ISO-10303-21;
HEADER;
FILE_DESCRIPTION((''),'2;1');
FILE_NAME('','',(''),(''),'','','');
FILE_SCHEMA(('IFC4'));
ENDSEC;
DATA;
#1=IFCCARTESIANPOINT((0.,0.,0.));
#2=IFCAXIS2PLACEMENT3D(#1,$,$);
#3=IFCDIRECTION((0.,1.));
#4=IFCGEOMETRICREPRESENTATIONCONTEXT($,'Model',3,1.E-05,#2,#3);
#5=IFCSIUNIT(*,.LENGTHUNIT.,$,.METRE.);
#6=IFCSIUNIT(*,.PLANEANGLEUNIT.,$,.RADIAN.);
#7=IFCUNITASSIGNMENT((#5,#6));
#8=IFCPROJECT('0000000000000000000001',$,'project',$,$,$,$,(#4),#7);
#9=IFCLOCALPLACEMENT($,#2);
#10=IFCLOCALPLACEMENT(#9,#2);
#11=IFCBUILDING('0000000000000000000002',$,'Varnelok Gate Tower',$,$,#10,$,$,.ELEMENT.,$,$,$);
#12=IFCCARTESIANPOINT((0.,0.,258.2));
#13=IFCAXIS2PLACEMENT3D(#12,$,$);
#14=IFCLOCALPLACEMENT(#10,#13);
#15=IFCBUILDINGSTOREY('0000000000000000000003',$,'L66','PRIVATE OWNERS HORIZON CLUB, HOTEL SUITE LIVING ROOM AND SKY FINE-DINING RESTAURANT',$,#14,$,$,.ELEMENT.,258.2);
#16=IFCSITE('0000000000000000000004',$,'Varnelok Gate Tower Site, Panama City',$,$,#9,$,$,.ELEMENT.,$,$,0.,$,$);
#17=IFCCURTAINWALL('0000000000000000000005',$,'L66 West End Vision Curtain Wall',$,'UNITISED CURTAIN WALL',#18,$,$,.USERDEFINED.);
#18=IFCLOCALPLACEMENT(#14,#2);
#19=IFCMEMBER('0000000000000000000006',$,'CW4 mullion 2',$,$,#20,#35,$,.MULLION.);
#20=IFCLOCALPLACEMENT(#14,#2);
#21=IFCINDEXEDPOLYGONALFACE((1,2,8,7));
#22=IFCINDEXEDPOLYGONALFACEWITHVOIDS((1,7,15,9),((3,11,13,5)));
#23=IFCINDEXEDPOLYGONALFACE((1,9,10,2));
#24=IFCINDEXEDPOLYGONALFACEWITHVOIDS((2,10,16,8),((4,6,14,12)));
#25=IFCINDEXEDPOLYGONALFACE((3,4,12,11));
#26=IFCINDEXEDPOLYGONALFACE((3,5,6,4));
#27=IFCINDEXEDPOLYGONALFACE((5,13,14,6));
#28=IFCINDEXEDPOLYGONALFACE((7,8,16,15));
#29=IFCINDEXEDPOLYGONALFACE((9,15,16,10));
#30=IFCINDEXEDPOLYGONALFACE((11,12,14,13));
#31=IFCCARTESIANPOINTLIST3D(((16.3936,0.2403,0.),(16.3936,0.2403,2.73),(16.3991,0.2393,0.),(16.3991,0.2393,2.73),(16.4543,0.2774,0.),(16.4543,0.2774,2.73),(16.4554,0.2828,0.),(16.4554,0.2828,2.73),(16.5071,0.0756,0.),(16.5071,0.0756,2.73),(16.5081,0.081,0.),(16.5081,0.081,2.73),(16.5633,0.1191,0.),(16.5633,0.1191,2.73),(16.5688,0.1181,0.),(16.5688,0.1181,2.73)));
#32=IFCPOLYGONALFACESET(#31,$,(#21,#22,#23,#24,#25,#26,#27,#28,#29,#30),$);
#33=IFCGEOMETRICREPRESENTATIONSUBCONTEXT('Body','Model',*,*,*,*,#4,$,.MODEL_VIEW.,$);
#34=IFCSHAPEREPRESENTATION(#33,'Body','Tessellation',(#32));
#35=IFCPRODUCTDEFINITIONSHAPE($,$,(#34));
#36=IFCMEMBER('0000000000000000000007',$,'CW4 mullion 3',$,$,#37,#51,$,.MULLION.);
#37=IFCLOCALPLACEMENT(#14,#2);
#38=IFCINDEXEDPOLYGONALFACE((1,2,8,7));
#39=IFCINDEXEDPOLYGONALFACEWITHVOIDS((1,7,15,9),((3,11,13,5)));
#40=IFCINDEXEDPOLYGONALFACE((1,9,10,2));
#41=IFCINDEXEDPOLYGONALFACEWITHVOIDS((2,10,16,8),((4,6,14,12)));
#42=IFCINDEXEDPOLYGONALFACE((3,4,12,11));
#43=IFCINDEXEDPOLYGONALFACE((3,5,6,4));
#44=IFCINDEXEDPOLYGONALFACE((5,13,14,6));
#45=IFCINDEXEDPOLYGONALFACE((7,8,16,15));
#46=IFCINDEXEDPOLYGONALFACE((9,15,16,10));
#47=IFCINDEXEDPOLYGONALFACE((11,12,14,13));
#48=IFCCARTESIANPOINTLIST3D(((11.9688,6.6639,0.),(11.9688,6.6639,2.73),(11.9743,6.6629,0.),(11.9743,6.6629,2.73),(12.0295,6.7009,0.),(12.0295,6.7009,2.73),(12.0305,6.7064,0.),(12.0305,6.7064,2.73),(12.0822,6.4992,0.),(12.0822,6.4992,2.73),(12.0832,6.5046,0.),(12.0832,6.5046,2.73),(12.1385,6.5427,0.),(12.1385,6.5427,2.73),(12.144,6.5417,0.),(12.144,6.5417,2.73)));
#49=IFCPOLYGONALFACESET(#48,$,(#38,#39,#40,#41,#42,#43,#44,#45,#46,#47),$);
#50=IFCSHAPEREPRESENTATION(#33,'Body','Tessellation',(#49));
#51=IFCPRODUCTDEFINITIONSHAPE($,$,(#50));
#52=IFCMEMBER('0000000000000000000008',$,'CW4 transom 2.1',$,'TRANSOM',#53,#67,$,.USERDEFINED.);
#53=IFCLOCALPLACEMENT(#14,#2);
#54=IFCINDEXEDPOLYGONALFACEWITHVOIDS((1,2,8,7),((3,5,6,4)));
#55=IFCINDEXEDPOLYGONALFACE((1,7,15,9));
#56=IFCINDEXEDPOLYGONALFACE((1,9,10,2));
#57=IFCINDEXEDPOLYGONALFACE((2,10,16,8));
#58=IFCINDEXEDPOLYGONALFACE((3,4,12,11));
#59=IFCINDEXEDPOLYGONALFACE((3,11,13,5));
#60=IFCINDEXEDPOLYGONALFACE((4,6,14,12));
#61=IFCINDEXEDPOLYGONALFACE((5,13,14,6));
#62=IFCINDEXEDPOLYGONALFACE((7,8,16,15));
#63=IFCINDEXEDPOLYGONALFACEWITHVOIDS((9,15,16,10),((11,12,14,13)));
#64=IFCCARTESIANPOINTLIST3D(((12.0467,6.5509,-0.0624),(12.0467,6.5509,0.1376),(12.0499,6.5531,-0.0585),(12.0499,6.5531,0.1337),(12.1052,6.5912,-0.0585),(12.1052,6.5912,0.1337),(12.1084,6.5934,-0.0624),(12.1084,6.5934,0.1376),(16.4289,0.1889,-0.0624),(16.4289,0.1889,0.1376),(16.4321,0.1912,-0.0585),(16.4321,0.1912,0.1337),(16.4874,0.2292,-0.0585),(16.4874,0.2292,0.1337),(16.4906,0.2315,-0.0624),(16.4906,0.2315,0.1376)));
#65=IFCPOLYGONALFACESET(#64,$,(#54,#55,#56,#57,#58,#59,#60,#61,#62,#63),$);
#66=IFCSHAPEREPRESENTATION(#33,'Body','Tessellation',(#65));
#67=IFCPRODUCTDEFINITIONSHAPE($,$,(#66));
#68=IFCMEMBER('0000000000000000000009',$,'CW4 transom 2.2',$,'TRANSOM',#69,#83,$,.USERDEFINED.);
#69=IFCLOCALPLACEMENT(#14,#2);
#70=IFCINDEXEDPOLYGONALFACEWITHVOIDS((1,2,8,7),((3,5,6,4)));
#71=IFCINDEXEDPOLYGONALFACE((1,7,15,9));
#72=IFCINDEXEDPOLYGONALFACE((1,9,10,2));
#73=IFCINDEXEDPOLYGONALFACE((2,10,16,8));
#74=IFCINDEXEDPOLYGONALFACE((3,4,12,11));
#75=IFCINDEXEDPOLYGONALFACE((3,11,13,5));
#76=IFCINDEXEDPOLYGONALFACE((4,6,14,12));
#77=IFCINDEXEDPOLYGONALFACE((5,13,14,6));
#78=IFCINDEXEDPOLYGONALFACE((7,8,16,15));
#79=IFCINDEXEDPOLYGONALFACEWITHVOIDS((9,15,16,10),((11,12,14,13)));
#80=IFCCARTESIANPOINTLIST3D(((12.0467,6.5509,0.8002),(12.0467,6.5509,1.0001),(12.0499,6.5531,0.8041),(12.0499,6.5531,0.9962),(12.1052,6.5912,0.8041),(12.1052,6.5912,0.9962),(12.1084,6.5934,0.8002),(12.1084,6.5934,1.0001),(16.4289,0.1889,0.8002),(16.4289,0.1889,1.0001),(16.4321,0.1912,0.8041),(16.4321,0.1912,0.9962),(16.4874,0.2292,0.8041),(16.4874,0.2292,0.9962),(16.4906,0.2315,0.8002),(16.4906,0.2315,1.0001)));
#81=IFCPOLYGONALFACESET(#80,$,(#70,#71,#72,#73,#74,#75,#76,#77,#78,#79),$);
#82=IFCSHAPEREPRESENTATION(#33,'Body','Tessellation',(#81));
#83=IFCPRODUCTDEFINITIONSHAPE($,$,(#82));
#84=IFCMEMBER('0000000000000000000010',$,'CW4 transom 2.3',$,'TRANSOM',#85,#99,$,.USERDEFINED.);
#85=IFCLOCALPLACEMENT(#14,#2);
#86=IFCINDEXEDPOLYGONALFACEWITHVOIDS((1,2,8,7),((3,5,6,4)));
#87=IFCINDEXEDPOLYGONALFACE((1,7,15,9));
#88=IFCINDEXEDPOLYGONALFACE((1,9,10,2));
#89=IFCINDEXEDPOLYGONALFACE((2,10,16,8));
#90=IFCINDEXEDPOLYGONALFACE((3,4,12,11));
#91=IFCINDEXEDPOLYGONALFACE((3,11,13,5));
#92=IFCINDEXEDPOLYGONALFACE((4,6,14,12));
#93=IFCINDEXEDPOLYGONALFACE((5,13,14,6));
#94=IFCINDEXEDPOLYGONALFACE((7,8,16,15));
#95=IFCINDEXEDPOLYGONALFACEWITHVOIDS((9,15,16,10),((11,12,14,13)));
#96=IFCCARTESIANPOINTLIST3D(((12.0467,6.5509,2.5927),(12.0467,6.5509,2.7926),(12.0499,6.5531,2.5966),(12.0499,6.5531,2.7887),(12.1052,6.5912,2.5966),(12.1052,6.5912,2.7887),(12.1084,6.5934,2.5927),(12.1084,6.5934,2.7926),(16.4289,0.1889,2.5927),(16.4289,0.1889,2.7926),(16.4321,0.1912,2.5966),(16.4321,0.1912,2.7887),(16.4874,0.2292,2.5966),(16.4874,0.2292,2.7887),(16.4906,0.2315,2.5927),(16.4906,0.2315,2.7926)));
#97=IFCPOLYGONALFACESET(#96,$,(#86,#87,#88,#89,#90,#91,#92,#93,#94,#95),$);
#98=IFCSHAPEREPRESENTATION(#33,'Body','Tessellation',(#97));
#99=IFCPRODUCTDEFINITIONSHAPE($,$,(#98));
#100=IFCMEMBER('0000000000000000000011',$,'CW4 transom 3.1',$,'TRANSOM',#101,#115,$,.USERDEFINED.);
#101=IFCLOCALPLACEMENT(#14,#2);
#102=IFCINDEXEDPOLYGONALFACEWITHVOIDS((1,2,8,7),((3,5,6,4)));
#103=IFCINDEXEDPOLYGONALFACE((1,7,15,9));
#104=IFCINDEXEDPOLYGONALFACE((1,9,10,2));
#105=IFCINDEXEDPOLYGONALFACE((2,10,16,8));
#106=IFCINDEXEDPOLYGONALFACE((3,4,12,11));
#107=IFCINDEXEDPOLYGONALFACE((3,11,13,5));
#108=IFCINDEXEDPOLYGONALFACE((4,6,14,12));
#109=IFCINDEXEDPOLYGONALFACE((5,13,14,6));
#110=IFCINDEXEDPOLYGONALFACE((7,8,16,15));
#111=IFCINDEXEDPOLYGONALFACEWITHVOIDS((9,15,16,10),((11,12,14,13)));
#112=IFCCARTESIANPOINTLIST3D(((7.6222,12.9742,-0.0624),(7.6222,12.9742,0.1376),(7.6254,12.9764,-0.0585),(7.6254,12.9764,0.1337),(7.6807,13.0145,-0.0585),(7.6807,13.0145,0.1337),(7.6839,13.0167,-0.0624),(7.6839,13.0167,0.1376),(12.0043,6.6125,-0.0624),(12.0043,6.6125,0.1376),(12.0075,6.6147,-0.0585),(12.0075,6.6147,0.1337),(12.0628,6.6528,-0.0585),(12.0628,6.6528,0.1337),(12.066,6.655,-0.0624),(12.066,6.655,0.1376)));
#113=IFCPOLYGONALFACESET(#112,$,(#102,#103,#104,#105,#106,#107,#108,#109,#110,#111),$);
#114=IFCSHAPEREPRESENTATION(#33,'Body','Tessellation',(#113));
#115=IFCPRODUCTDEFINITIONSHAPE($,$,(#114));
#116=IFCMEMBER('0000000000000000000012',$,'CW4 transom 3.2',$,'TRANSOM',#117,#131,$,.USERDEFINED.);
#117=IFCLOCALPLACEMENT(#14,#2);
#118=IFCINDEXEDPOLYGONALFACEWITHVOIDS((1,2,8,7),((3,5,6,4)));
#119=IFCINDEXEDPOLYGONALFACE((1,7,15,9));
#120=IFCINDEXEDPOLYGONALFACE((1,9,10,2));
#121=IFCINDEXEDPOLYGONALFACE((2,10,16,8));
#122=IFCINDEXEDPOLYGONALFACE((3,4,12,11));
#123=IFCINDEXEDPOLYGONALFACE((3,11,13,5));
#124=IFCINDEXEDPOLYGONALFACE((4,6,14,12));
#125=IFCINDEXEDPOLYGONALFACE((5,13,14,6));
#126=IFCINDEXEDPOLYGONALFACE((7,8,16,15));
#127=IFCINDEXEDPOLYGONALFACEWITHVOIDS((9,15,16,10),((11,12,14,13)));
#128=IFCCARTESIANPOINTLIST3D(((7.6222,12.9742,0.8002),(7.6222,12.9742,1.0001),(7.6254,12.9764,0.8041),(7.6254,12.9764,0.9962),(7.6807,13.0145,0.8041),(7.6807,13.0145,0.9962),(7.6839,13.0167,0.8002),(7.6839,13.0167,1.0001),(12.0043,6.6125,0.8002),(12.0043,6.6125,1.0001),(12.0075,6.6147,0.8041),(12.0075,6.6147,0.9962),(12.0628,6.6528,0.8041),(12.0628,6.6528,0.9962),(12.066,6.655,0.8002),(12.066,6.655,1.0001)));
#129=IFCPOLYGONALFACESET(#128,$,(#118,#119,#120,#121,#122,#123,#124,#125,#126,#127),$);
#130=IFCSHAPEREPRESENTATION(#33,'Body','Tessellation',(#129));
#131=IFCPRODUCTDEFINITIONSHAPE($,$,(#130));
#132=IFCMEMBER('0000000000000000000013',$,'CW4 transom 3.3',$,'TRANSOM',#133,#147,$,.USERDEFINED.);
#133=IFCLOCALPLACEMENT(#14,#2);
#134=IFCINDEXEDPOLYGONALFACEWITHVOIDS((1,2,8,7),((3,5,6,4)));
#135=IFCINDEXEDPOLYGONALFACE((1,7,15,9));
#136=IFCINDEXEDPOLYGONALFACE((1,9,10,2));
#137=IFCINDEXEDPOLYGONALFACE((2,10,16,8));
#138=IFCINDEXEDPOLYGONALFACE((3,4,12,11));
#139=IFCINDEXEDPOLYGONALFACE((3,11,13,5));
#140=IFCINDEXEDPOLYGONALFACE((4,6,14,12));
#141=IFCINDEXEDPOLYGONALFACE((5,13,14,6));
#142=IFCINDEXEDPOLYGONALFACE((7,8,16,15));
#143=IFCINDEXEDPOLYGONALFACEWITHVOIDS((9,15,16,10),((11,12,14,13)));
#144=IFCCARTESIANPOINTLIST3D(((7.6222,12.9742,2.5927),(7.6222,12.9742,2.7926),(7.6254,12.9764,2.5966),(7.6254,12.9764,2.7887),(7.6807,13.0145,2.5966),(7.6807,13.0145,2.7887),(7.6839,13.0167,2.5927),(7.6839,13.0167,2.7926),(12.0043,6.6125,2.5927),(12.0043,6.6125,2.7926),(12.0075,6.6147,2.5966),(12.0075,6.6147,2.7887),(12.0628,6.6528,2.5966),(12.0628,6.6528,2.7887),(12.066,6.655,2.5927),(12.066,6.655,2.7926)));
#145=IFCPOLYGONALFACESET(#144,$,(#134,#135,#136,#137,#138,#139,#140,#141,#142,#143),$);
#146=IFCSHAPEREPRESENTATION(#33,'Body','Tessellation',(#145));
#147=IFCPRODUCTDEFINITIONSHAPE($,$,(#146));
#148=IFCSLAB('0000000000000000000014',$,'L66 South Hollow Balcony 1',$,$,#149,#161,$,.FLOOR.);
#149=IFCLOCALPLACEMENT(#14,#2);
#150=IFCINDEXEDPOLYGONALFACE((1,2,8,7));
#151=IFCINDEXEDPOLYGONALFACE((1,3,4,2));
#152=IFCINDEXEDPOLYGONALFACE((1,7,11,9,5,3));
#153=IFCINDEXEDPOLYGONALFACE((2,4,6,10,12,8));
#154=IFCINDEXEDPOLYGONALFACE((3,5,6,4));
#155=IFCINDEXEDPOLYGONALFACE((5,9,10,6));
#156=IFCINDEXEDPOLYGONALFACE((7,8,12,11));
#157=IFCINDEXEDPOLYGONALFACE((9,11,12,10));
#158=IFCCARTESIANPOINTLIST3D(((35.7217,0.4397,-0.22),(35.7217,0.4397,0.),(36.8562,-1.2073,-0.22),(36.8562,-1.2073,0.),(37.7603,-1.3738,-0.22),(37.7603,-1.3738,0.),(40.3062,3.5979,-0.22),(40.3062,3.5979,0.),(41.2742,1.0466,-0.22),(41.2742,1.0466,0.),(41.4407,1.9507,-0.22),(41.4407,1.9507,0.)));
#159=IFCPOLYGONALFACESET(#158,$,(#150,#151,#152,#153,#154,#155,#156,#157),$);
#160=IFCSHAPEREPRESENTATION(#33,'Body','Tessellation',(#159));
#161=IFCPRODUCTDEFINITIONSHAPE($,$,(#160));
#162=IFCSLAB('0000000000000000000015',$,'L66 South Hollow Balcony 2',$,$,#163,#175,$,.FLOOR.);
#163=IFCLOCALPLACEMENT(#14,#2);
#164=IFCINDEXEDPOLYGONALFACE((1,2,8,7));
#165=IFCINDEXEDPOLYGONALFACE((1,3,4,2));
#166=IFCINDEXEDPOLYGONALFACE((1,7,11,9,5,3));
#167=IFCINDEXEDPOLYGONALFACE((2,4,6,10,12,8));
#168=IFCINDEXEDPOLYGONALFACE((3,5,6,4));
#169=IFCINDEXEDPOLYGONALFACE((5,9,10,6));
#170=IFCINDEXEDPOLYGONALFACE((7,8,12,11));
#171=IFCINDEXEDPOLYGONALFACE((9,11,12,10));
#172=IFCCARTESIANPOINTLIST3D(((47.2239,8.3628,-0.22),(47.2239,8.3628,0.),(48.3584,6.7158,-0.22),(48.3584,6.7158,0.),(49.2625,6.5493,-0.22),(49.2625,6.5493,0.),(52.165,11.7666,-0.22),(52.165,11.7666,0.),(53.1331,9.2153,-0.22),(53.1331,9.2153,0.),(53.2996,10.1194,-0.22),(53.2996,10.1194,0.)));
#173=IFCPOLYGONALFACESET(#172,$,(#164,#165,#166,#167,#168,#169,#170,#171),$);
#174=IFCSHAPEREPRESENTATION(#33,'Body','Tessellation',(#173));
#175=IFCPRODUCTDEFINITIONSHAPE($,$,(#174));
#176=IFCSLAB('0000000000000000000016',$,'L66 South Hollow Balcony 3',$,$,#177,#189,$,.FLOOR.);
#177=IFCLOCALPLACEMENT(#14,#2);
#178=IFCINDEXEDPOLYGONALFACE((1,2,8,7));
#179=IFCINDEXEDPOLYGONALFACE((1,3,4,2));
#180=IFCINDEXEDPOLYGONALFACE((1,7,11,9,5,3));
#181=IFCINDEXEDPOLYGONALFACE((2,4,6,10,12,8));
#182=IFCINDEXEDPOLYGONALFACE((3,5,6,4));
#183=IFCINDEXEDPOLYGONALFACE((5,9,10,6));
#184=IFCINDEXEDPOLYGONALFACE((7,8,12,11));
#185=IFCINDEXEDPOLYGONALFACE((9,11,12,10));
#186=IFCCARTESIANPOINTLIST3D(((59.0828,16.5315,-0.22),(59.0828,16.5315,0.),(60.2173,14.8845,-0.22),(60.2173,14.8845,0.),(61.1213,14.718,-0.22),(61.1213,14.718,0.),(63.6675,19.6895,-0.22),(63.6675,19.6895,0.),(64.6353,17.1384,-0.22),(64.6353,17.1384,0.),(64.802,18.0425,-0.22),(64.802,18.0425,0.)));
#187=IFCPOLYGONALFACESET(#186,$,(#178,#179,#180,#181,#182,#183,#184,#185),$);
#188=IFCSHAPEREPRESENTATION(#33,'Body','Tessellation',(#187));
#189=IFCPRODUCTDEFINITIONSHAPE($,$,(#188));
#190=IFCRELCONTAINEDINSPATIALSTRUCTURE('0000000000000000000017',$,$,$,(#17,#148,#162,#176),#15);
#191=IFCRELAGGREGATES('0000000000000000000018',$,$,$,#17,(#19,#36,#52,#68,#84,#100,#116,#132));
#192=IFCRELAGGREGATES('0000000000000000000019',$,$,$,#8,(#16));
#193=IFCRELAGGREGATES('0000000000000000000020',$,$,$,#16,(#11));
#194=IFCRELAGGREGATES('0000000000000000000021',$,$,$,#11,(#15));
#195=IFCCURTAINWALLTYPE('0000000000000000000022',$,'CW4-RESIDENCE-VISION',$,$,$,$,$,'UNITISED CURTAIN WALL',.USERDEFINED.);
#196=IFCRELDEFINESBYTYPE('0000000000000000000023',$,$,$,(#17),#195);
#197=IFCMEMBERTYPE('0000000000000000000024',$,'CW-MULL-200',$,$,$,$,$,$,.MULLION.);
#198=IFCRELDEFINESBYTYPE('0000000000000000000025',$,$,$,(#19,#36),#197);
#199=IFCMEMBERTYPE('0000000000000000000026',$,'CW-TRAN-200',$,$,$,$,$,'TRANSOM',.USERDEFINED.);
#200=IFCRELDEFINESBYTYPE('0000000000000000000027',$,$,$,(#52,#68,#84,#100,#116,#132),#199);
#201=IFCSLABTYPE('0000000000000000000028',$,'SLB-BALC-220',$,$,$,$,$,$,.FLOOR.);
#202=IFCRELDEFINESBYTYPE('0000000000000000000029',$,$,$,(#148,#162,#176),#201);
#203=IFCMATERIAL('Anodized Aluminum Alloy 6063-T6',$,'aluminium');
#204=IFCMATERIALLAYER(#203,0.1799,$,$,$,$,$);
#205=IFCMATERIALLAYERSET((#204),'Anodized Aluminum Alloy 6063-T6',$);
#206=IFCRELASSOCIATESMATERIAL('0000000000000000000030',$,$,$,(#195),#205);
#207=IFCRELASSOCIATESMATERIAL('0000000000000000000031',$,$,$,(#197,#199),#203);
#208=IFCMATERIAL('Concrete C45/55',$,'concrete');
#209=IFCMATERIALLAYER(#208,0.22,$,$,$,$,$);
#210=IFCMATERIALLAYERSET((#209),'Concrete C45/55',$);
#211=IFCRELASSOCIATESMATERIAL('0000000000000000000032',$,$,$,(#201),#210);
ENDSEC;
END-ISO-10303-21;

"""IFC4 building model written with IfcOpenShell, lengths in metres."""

from ifc_helpers import new_model, si_unit, direction, frame, origin, origin_2d, place, context, subcontext, project, spatial, polyline, hollow_rectangle, outline, extrude, material, layer, layer_set, material_profile, profile_set, type_object, element, aggregate, save


model = new_model("IFC4")

# Units and contexts
model_context = context("Model", 3, precision=1e-05, world=origin(), true_north=direction((0.0, 1.0)))
body_context = subcontext(model_context, "Body", "Model", "MODEL_VIEW")
ifc_project = project(units=[si_unit("LENGTHUNIT", "METRE"), si_unit("PLANEANGLEUNIT", "RADIAN")], contexts=[model_context])

# Site, building, storey
site_placement = place(None, origin())
site = spatial("IfcSite", under=ifc_project, at=site_placement, Name="Varnelok Gate Tower Site, Panama City", CompositionType="ELEMENT", RefElevation=0.0)
building_placement = place(site_placement, origin())
building = spatial("IfcBuilding", under=site, at=building_placement, Name="Varnelok Gate Tower", CompositionType="ELEMENT")
storey_placement = place(building_placement, frame((0.0, 0.0, 258.2)))
storey = spatial("IfcBuildingStorey", under=building, at=storey_placement, Name="L66", Description="PRIVATE OWNERS HORIZON CLUB, HOTEL SUITE LIVING ROOM AND SKY FINE-DINING RESTAURANT", CompositionType="ELEMENT", Elevation=258.2)

# Curtain wall, members
ifc_material_1 = material(Name="Anodized Aluminum Alloy 6063-T6", Category="aluminium")
ifc_layer_1 = layer(ifc_material_1, 0.1799)
ifc_layer_set_1 = layer_set([ifc_layer_1], Name="Anodized Aluminum Alloy 6063-T6")
curtain_wall_type = type_object("IfcCurtainWallType", Name="CW4-RESIDENCE-VISION", ElementType="UNITISED CURTAIN WALL", PredefinedType="USERDEFINED", material=ifc_layer_set_1)
curtain_wall_placement = place(storey_placement, origin())
curtain_wall = element("IfcCurtainWall", 1, at=curtain_wall_placement, inside=storey, type_object=curtain_wall_type, Name="L66 West End Vision Curtain Wall", ObjectType="UNITISED CURTAIN WALL", PredefinedType="USERDEFINED")
ifc_material_profile_1 = material_profile(ifc_material_1, hollow_rectangle(XDim=0.075, YDim=0.2, WallThickness=0.0039, at=origin_2d()), Name="ALU200X75X4")
ifc_profile_set_1 = profile_set([ifc_material_profile_1], Name="Anodized Aluminum Alloy 6063-T6")
member_type_1 = type_object("IfcMemberType", Name="CW-MULL-200", PredefinedType="MULLION", material=ifc_profile_set_1)
member_1_placement = place(storey_placement, frame((16.4812, 0.1792, 0.0), z_axis=(0.0, 0.0, 1.0), x_axis=(-0.823532, -0.567269, 0.0)))
member_1 = element("IfcMember", 2, at=member_1_placement, type_object=member_type_1, Name="CW4 mullion 2", PredefinedType="MULLION", context=body_context, shape_type="SweptSolid", body=[
    extrude(hollow_rectangle(XDim=0.075, YDim=0.2, WallThickness=0.0039, at=origin_2d()), origin(), (0.0, 0.0, 1.0), 2.73),
])
member_2_placement = place(storey_placement, frame((12.0564, 6.6028, 0.0), z_axis=(0.0, 0.0, 1.0), x_axis=(-0.823532, -0.567269, 0.0)))
member_2 = element("IfcMember", 3, at=member_2_placement, type_object=member_type_1, Name="CW4 mullion 3", PredefinedType="MULLION", context=body_context, shape_type="SweptSolid", body=[
    extrude(hollow_rectangle(XDim=0.075, YDim=0.2, WallThickness=0.0039, at=origin_2d()), origin(), (0.0, 0.0, 1.0), 2.73),
])
ifc_material_profile_2 = material_profile(ifc_material_1, hollow_rectangle(XDim=0.075, YDim=0.2, WallThickness=0.0039, at=origin_2d()), Name="ALU200X75X4")
ifc_profile_set_2 = profile_set([ifc_material_profile_2], Name="Anodized Aluminum Alloy 6063-T6")
member_type_2 = type_object("IfcMemberType", Name="CW-TRAN-200", ElementType="TRANSOM", PredefinedType="USERDEFINED", material=ifc_profile_set_2)
member_3_placement = place(storey_placement, frame((16.4597, 0.2102, 0.0376), z_axis=(-0.567261, 0.823538, 0.0), x_axis=(-0.823538, -0.567261, 0.0)))
member_3 = element("IfcMember", 4, at=member_3_placement, type_object=member_type_2, Name="CW4 transom 2.1", ObjectType="TRANSOM", PredefinedType="USERDEFINED", context=body_context, shape_type="SweptSolid", body=[
    extrude(hollow_rectangle(XDim=0.075, YDim=0.2, WallThickness=0.0039, at=origin_2d()), origin(), (0.0, 0.0, 1.0), 7.7251),
])
member_4_placement = place(storey_placement, frame((16.4597, 0.2102, 0.9001), z_axis=(-0.567261, 0.823538, 0.0), x_axis=(-0.823538, -0.567261, 0.0)))
member_4 = element("IfcMember", 5, at=member_4_placement, type_object=member_type_2, Name="CW4 transom 2.2", ObjectType="TRANSOM", PredefinedType="USERDEFINED", context=body_context, shape_type="SweptSolid", body=[
    extrude(hollow_rectangle(XDim=0.075, YDim=0.2, WallThickness=0.0039, at=origin_2d()), origin(), (0.0, 0.0, 1.0), 7.7251),
])
member_5_placement = place(storey_placement, frame((16.4597, 0.2102, 2.6926), z_axis=(-0.567261, 0.823538, 0.0), x_axis=(-0.823538, -0.567261, 0.0)))
member_5 = element("IfcMember", 6, at=member_5_placement, type_object=member_type_2, Name="CW4 transom 2.3", ObjectType="TRANSOM", PredefinedType="USERDEFINED", context=body_context, shape_type="SweptSolid", body=[
    extrude(hollow_rectangle(XDim=0.075, YDim=0.2, WallThickness=0.0039, at=origin_2d()), origin(), (0.0, 0.0, 1.0), 7.7251),
])
member_6_placement = place(storey_placement, frame((12.0352, 6.6338, 0.0376), z_axis=(-0.567276, 0.823528, 0.0), x_axis=(-0.823528, -0.567276, 0.0)))
member_6 = element("IfcMember", 7, at=member_6_placement, type_object=member_type_2, Name="CW4 transom 3.1", ObjectType="TRANSOM", PredefinedType="USERDEFINED", context=body_context, shape_type="SweptSolid", body=[
    extrude(hollow_rectangle(XDim=0.075, YDim=0.2, WallThickness=0.0039, at=origin_2d()), origin(), (0.0, 0.0, 1.0), 7.7249),
])
member_7_placement = place(storey_placement, frame((12.0352, 6.6338, 0.9001), z_axis=(-0.567276, 0.823528, 0.0), x_axis=(-0.823528, -0.567276, 0.0)))
member_7 = element("IfcMember", 8, at=member_7_placement, type_object=member_type_2, Name="CW4 transom 3.2", ObjectType="TRANSOM", PredefinedType="USERDEFINED", context=body_context, shape_type="SweptSolid", body=[
    extrude(hollow_rectangle(XDim=0.075, YDim=0.2, WallThickness=0.0039, at=origin_2d()), origin(), (0.0, 0.0, 1.0), 7.7249),
])
member_8_placement = place(storey_placement, frame((12.0352, 6.6338, 2.6926), z_axis=(-0.567276, 0.823528, 0.0), x_axis=(-0.823528, -0.567276, 0.0)))
member_8 = element("IfcMember", 9, at=member_8_placement, type_object=member_type_2, Name="CW4 transom 3.3", ObjectType="TRANSOM", PredefinedType="USERDEFINED", context=body_context, shape_type="SweptSolid", body=[
    extrude(hollow_rectangle(XDim=0.075, YDim=0.2, WallThickness=0.0039, at=origin_2d()), origin(), (0.0, 0.0, 1.0), 7.7249),
])

# Slabs
ifc_material_2 = material(Name="Concrete C45/55", Category="concrete")
ifc_layer_2 = layer(ifc_material_2, 0.22)
ifc_layer_set_2 = layer_set([ifc_layer_2], Name="Concrete C45/55")
slab_type_1 = type_object("IfcSlabType", Name="SLB-BALC-220", PredefinedType="FLOOR", material=ifc_layer_set_2)
slab_1_placement = place(storey_placement, frame((0.0, 0.0, -0.22)))
element("IfcSlab", 10, at=slab_1_placement, inside=storey, type_object=slab_type_1, Name="L66 South Hollow Balcony 1", PredefinedType="FLOOR", context=body_context, shape_type="SweptSolid", body=[
    extrude(outline(polyline([(36.8562, -1.2073), (37.7603, -1.3738), (41.2742, 1.0466), (41.4407, 1.9507), (40.3062, 3.5979), (35.7217, 0.4397), (36.8562, -1.2073)])), origin(), (0.0, 0.0, 1.0), 0.22),
])
slab_2_placement = place(storey_placement, frame((0.0, 0.0, -0.22)))
element("IfcSlab", 11, at=slab_2_placement, inside=storey, type_object=slab_type_1, Name="L66 South Hollow Balcony 2", PredefinedType="FLOOR", context=body_context, shape_type="SweptSolid", body=[
    extrude(outline(polyline([(48.3584, 6.7158), (49.2625, 6.5493), (53.1331, 9.2153), (53.2996, 10.1194), (52.165, 11.7666), (47.2239, 8.3628), (48.3584, 6.7158)])), origin(), (0.0, 0.0, 1.0), 0.22),
])
slab_3_placement = place(storey_placement, frame((0.0, 0.0, -0.22)))
element("IfcSlab", 12, at=slab_3_placement, inside=storey, type_object=slab_type_1, Name="L66 South Hollow Balcony 3", PredefinedType="FLOOR", context=body_context, shape_type="SweptSolid", body=[
    extrude(outline(polyline([(60.2173, 14.8845), (61.1213, 14.718), (64.6353, 17.1384), (64.802, 18.0425), (63.6675, 19.6895), (59.0828, 16.5315), (60.2173, 14.8845)])), origin(), (0.0, 0.0, 1.0), 0.22),
])

aggregate(curtain_wall, [member_1, member_2, member_3, member_4, member_5, member_6, member_7, member_8])

save(model, "model.ifc")
